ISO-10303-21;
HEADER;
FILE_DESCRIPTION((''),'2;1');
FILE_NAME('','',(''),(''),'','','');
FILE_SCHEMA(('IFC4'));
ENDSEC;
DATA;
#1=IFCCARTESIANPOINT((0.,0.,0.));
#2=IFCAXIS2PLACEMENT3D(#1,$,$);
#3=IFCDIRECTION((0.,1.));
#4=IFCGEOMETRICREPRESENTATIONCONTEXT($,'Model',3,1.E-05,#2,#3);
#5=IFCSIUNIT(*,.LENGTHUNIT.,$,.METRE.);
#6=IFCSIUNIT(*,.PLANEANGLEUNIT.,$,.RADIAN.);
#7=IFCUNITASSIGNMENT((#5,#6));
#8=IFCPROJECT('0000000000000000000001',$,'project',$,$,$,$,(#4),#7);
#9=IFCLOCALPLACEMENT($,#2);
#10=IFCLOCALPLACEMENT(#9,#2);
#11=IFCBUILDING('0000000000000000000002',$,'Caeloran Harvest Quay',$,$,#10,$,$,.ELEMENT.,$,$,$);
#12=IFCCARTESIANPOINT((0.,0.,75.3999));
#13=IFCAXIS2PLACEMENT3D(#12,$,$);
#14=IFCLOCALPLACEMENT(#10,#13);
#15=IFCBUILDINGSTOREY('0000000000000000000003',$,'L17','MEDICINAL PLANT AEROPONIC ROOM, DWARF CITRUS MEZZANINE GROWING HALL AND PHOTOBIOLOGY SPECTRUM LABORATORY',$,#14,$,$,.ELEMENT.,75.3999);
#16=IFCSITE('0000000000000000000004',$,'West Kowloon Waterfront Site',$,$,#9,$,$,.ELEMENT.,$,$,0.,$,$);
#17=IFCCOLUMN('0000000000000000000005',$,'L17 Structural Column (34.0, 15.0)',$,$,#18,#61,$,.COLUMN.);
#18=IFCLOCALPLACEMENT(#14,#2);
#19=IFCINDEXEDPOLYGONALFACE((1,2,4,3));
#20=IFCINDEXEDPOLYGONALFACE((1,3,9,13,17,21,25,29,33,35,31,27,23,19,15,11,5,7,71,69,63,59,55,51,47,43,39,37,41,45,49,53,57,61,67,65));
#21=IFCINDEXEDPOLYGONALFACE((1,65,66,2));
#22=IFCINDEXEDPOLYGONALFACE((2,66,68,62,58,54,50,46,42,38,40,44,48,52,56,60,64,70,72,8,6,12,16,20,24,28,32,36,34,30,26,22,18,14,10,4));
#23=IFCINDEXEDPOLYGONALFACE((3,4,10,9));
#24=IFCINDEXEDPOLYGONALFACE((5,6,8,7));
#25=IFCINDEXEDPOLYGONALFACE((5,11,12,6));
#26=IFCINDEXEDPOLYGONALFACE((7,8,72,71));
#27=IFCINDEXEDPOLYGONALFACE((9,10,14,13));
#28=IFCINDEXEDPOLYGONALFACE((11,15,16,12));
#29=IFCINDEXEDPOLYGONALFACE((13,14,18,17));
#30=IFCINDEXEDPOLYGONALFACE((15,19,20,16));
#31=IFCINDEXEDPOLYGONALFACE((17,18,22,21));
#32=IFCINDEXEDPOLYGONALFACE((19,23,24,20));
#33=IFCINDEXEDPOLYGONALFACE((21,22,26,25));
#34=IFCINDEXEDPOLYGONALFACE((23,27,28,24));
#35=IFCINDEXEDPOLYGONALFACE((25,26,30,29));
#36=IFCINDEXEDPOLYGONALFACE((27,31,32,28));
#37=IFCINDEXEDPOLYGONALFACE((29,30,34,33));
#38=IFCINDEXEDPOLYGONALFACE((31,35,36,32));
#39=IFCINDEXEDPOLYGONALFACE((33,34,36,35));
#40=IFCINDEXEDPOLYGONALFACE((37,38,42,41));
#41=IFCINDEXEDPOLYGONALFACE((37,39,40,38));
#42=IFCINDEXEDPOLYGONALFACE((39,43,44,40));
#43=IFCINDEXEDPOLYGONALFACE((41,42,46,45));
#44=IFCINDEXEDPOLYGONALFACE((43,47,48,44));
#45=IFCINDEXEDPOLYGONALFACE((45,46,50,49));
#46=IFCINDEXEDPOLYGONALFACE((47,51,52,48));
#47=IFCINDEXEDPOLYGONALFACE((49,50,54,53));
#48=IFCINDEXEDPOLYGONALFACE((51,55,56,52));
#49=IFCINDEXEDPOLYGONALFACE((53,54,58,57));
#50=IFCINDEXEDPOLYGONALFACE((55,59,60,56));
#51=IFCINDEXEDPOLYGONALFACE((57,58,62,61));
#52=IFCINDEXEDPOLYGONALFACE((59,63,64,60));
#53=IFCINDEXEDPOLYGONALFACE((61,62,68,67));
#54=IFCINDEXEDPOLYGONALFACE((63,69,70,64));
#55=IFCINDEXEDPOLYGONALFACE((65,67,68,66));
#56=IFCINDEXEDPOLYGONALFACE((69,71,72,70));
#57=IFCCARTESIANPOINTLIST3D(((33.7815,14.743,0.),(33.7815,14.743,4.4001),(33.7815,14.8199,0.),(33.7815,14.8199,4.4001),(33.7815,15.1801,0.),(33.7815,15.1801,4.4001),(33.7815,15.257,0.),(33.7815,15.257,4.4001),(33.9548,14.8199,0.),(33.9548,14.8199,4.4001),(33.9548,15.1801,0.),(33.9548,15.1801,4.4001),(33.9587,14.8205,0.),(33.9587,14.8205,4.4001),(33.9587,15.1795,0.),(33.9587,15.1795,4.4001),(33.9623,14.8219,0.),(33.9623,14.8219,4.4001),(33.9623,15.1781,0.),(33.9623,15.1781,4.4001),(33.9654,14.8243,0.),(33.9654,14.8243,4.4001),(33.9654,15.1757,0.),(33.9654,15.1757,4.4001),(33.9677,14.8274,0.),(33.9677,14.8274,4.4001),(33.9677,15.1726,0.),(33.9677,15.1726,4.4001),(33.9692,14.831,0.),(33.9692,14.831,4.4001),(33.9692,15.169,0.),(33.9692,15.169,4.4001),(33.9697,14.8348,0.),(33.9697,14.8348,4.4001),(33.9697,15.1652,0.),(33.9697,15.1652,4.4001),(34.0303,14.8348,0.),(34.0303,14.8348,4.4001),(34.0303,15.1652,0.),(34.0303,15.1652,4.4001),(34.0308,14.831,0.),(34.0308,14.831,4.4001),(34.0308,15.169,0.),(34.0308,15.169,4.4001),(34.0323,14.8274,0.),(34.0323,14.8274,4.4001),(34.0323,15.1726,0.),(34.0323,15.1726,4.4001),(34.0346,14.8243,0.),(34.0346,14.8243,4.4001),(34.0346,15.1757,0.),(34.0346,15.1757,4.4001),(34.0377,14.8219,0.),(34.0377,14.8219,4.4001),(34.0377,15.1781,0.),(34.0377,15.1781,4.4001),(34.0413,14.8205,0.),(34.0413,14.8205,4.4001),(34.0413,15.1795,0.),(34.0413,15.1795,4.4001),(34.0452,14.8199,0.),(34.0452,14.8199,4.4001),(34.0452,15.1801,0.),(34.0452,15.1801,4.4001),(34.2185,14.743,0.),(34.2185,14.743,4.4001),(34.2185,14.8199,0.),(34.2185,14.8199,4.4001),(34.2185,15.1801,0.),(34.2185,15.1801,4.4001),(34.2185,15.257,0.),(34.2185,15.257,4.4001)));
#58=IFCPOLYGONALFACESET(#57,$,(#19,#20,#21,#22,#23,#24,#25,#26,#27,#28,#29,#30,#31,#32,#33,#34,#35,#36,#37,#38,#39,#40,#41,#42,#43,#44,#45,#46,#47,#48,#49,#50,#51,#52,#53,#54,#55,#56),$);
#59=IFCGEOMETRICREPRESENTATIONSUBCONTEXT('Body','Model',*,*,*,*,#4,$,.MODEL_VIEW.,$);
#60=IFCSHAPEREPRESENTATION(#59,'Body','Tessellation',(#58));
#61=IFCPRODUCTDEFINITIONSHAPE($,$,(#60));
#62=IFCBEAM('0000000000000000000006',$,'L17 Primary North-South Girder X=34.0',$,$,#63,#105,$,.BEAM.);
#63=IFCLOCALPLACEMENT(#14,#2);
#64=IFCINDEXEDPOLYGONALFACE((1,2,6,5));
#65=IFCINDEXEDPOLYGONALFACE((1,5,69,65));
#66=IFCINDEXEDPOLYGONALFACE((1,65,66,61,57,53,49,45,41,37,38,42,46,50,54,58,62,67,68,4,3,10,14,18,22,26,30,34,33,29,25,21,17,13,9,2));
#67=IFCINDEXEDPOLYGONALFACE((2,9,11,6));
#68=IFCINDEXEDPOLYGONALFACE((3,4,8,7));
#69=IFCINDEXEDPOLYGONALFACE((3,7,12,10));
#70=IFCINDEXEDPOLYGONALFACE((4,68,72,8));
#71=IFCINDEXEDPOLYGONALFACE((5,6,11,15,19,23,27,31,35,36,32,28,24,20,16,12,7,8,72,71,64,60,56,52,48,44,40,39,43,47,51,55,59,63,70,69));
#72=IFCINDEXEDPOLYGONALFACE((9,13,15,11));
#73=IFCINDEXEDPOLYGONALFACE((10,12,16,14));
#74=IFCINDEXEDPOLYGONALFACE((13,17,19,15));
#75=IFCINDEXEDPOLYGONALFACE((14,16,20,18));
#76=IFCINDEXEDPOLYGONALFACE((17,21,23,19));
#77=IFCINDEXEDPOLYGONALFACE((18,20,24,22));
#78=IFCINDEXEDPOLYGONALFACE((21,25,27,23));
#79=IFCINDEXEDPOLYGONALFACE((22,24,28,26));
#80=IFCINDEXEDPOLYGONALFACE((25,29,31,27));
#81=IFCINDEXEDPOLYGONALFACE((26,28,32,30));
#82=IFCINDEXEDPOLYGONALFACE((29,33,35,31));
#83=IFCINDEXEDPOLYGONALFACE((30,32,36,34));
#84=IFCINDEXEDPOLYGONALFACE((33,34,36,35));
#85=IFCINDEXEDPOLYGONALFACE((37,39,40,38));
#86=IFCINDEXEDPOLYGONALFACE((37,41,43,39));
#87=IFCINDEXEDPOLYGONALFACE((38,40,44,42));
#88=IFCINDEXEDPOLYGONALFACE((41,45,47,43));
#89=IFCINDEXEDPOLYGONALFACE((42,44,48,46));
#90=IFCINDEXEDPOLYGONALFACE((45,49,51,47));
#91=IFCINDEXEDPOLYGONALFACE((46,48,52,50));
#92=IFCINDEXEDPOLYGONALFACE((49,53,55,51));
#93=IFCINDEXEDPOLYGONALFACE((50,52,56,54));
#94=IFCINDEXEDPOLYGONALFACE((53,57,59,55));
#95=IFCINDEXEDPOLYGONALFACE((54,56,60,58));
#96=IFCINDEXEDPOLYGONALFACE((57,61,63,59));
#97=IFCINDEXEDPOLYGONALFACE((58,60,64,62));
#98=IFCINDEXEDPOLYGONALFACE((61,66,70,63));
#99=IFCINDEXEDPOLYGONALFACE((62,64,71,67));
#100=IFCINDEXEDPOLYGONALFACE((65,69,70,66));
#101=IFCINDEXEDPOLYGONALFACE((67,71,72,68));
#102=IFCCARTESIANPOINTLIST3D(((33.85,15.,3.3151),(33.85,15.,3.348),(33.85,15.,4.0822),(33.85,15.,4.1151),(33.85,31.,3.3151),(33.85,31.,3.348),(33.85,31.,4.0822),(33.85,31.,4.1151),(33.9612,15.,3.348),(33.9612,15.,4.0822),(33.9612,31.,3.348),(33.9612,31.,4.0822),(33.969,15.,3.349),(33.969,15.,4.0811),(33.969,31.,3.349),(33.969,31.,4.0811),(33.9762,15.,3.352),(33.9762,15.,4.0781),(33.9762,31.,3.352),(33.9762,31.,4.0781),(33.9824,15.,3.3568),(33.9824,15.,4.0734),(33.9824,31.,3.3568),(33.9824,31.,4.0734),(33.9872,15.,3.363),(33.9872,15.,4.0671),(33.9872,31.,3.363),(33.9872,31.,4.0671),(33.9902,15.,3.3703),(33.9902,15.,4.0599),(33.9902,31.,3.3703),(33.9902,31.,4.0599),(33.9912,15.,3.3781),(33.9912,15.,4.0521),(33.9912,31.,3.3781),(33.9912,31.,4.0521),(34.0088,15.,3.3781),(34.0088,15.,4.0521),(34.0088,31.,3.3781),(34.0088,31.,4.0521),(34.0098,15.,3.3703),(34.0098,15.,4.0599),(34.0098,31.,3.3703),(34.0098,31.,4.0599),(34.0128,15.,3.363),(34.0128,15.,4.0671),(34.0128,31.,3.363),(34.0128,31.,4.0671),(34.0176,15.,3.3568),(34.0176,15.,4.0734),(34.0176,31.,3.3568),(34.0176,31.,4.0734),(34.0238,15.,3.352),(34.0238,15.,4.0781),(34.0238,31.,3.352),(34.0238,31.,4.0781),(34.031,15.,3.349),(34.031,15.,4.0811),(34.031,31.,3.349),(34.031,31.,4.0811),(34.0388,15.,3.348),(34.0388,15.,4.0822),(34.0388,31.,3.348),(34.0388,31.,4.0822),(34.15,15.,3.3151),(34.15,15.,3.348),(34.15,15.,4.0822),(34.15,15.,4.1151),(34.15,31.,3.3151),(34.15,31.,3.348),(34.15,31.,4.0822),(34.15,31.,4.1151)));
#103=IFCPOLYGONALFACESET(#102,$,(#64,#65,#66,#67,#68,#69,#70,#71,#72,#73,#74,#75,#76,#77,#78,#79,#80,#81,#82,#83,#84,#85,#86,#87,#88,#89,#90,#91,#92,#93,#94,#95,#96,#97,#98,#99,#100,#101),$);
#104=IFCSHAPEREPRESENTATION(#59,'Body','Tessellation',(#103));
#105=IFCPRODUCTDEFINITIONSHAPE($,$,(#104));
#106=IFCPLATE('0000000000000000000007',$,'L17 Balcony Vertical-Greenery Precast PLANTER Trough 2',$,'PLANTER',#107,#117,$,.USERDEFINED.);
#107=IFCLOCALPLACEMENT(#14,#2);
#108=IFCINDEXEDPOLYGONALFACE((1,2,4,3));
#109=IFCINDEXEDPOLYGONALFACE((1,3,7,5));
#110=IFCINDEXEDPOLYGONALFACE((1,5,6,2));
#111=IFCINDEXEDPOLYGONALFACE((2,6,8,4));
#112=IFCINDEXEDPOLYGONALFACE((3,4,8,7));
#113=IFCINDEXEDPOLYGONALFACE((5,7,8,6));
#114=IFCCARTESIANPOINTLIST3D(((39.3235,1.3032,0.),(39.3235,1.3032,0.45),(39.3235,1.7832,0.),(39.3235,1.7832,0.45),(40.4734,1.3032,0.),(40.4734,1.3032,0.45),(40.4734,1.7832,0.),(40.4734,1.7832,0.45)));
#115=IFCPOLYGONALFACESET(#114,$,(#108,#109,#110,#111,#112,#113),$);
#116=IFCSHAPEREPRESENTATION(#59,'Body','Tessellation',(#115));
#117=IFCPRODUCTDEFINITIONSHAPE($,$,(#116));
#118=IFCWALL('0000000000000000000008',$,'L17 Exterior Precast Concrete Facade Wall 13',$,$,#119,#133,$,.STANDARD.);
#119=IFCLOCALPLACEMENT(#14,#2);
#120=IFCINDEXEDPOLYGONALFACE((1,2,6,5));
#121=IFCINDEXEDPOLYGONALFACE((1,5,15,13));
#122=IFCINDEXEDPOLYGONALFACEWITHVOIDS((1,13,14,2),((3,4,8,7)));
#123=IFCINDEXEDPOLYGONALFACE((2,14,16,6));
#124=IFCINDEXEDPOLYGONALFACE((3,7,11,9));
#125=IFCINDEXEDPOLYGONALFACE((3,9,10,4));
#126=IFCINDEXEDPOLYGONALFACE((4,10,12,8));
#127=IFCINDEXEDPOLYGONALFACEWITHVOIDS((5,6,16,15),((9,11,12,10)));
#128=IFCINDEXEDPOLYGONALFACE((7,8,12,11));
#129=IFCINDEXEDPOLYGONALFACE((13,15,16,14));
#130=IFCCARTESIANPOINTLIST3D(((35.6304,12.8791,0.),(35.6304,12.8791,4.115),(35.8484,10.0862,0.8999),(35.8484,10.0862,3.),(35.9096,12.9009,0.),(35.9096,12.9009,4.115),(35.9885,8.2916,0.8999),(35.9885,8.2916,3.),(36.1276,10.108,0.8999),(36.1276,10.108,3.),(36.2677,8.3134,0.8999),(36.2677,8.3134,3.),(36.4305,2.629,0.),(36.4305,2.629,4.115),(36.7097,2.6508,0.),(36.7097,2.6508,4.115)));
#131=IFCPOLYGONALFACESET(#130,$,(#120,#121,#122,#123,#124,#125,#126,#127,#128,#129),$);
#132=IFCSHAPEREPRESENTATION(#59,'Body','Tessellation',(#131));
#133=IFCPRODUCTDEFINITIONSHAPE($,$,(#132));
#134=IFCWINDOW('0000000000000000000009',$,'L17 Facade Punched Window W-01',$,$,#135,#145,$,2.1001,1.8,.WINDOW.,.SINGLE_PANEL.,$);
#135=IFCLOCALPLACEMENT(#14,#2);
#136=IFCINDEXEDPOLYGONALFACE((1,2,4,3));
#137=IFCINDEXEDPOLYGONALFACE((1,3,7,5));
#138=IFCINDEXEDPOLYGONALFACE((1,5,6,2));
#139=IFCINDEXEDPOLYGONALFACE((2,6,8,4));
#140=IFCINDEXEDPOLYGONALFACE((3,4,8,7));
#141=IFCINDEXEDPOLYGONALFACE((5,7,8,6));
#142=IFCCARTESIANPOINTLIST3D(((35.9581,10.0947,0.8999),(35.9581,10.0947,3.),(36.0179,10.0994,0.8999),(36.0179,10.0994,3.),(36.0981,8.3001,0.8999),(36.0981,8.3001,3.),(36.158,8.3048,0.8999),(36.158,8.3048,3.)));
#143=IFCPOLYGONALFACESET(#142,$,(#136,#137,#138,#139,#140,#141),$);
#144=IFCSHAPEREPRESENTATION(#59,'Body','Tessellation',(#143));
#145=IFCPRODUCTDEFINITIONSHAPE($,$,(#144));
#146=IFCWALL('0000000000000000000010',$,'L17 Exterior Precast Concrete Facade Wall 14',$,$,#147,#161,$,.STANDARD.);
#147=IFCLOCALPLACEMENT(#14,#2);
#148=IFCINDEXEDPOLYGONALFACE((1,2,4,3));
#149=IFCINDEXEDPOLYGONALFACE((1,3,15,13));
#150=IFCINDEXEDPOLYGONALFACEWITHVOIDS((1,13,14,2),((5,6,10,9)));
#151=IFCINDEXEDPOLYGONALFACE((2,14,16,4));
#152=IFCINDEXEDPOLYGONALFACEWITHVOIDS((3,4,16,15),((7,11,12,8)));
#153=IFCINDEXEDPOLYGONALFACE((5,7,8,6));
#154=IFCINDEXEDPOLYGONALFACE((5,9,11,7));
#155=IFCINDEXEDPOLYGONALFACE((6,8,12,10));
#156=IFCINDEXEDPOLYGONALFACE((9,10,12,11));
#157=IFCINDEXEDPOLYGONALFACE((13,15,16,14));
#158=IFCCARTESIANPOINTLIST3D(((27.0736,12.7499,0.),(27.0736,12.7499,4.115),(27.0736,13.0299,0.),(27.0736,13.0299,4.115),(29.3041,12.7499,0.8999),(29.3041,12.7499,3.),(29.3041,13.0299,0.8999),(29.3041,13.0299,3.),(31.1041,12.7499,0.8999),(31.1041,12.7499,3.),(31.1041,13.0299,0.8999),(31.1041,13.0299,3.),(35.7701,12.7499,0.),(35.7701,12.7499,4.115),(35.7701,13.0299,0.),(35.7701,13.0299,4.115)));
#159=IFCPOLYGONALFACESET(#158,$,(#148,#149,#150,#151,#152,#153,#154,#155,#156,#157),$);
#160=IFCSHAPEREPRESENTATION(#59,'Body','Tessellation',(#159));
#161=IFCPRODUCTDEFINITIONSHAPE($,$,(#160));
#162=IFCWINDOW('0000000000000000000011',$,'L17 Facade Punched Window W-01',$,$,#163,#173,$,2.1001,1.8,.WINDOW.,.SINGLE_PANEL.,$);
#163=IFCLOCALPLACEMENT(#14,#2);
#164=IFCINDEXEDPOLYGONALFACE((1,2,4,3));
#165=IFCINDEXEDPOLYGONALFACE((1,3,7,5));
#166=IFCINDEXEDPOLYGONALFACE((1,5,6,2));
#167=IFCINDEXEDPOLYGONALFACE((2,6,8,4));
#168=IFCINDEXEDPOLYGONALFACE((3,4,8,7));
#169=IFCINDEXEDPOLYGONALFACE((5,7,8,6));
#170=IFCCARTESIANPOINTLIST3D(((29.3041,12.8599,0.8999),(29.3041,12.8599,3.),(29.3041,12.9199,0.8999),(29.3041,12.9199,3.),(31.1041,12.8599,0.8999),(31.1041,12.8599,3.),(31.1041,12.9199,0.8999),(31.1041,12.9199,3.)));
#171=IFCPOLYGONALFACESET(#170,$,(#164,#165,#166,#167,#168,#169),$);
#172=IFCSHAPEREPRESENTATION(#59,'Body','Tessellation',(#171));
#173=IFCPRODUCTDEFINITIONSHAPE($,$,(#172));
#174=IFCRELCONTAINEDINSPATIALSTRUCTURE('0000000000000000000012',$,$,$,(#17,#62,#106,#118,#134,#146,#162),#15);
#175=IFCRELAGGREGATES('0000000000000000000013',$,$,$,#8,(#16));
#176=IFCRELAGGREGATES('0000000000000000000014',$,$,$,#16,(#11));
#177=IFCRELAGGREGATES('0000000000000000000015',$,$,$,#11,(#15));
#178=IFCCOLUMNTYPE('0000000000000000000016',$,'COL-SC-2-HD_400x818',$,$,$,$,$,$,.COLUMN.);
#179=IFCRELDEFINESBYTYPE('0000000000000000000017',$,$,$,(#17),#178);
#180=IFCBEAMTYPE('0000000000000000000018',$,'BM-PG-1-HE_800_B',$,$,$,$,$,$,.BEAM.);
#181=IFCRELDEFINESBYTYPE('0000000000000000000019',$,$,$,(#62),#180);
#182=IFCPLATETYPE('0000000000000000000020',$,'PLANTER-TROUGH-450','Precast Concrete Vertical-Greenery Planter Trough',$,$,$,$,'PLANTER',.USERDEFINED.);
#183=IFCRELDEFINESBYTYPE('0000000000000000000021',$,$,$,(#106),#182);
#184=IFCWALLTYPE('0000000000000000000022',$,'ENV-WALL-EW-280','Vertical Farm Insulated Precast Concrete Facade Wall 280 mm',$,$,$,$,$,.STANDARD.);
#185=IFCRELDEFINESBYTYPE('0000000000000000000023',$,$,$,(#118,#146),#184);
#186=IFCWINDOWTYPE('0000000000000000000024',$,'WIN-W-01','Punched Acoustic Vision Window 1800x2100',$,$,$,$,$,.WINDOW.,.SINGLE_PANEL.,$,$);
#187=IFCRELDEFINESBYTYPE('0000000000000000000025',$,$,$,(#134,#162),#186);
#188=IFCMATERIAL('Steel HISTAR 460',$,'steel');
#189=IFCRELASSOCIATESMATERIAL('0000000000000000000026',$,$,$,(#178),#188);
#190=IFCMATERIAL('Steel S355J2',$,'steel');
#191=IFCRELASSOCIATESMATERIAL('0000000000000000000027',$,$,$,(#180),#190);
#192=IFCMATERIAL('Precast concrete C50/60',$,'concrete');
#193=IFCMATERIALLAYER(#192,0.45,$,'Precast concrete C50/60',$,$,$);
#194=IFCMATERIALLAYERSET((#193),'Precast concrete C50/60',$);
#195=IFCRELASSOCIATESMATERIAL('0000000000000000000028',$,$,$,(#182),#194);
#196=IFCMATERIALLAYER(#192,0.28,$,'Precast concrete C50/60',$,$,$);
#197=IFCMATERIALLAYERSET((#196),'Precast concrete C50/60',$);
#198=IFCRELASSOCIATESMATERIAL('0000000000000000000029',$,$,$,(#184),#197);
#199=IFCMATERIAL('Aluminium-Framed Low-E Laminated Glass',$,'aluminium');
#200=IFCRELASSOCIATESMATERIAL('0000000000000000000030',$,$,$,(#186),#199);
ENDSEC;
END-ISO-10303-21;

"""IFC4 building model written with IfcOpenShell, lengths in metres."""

from ifc_helpers import new_model, si_unit, direction, frame, frame_2d, origin, origin_2d, place, context, subcontext, project, spatial, rectangle, i_section, extrude, material, layer, layer_set, material_profile, profile_set, type_object, element, fill, save


model = new_model("IFC4")

# Units and contexts
model_context = context("Model", 3, precision=1e-05, world=origin(), true_north=direction((0.0, 1.0)))
body_context = subcontext(model_context, "Body", "Model", "MODEL_VIEW")
ifc_project = project(units=[si_unit("LENGTHUNIT", "METRE"), si_unit("PLANEANGLEUNIT", "RADIAN")], contexts=[model_context])

# Site, building, storey
site_placement = place(None, origin())
site = spatial("IfcSite", under=ifc_project, at=site_placement, Name="West Kowloon Waterfront Site", CompositionType="ELEMENT", RefElevation=0.0)
building_placement = place(site_placement, origin())
building = spatial("IfcBuilding", under=site, at=building_placement, Name="Caeloran Harvest Quay", CompositionType="ELEMENT")
storey_placement = place(building_placement, frame((0.0, 0.0, 75.3999)))
storey = spatial("IfcBuildingStorey", under=building, at=storey_placement, Name="L17", Description="MEDICINAL PLANT AEROPONIC ROOM, DWARF CITRUS MEZZANINE GROWING HALL AND PHOTOBIOLOGY SPECTRUM LABORATORY", CompositionType="ELEMENT", Elevation=75.3999)

# Column
ifc_material_1 = material(Name="Steel HISTAR 460", Category="steel")
ifc_material_profile_1 = material_profile(ifc_material_1, i_section(OverallWidth=0.437, OverallDepth=0.5139, WebThickness=0.0605, FlangeThickness=0.0769, FilletRadius=0.0149, at=origin_2d()), Name="HD 400x818")
ifc_profile_set_1 = profile_set([ifc_material_profile_1], Name="Steel HISTAR 460")
column_type = type_object("IfcColumnType", Name="COL-SC-2-HD_400x818", PredefinedType="COLUMN", material=ifc_profile_set_1)
column_placement = place(storey_placement, frame((34.0, 15.0, 0.0), z_axis=(0.0, 0.0, 1.0), x_axis=(1.0, 0.0, 0.0)))
element("IfcColumn", 1, at=column_placement, inside=storey, type_object=column_type, Name="L17 Structural Column (34.0, 15.0)", PredefinedType="COLUMN", context=body_context, shape_type="SweptSolid", body=[
    extrude(i_section(OverallWidth=0.437, OverallDepth=0.5139, WebThickness=0.0605, FlangeThickness=0.0769, FilletRadius=0.0149, at=origin_2d()), origin(), (0.0, 0.0, 1.0), 4.4001),
])

# Beam
ifc_material_2 = material(Name="Steel S355J2", Category="steel")
ifc_material_profile_2 = material_profile(ifc_material_2, i_section(OverallWidth=0.3, OverallDepth=0.8, WebThickness=0.0176, FlangeThickness=0.033, FilletRadius=0.03, at=origin_2d()), Name="HE 800 B")
ifc_profile_set_2 = profile_set([ifc_material_profile_2], Name="Steel S355J2")
beam_type = type_object("IfcBeamType", Name="BM-PG-1-HE_800_B", PredefinedType="BEAM", material=ifc_profile_set_2)
beam_placement = place(storey_placement, frame((34.0, 15.0, 3.7151), z_axis=(0.0, 1.0, 0.0), x_axis=(-1.0, 0.0, 0.0)))
element("IfcBeam", 2, at=beam_placement, inside=storey, type_object=beam_type, Name="L17 Primary North-South Girder X=34.0", PredefinedType="BEAM", context=body_context, shape_type="SweptSolid", body=[
    extrude(i_section(OverallWidth=0.3, OverallDepth=0.8, WebThickness=0.0176, FlangeThickness=0.033, FilletRadius=0.03, at=origin_2d()), origin(), (0.0, 0.0, 1.0), 16.0),
])

# Plate
ifc_material_3 = material(Name="Precast concrete C50/60", Category="concrete")
ifc_layer_1 = layer(ifc_material_3, 0.45, Name="Precast concrete C50/60")
ifc_layer_set_1 = layer_set([ifc_layer_1], Name="Precast concrete C50/60")
plate_type = type_object("IfcPlateType", Name="PLANTER-TROUGH-450", Description="Precast Concrete Vertical-Greenery Planter Trough", ElementType="PLANTER", PredefinedType="USERDEFINED", material=ifc_layer_set_1)
plate_placement = place(storey_placement, frame((39.8984, 1.5432, 0.0), z_axis=(0.0, 0.0, 1.0), x_axis=(1.0, 0.0, 0.0)))
element("IfcPlate", 3, at=plate_placement, inside=storey, type_object=plate_type, Name="L17 Balcony Vertical-Greenery Precast PLANTER Trough 2", ObjectType="PLANTER", PredefinedType="USERDEFINED", context=body_context, shape_type="SweptSolid", body=[
    extrude(rectangle(XDim=1.1499, YDim=0.48, at=origin_2d()), origin(), (0.0, 0.0, 1.0), 0.45),
])

# Walls, openings, windows
ifc_layer_2 = layer(ifc_material_3, 0.28, Name="Precast concrete C50/60")
ifc_layer_set_2 = layer_set([ifc_layer_2], Name="Precast concrete C50/60")
wall_type_1 = type_object("IfcWallType", Name="ENV-WALL-EW-280", Description="Vertical Farm Insulated Precast Concrete Facade Wall 280 mm", PredefinedType="STANDARD", material=ifc_layer_set_2)
wall_1_placement = place(storey_placement, frame((36.5701, 2.6399, 0.0), z_axis=(0.0, 0.0, 1.0), x_axis=(-0.077817, 0.996968, 0.0)))
wall_1 = element("IfcWall", 4, at=wall_1_placement, inside=storey, type_object=wall_type_1, Name="L17 Exterior Precast Concrete Facade Wall 13", PredefinedType="STANDARD", context=body_context, shape_type="SweptSolid", body=[
    extrude(rectangle(XDim=10.2812, YDim=0.28, at=frame_2d((5.1406, 0.0))), origin(), (0.0, 0.0, 1.0), 4.115),
])
opening_1_placement = place(wall_1_placement, frame((5.6799, 0.0, 0.8999)))
opening_1 = element("IfcOpeningElement", 5, at=opening_1_placement, cuts=wall_1, PredefinedType="OPENING", context=body_context, shape_type="SweptSolid", body=[
    extrude(rectangle(XDim=1.8, YDim=2.1001, at=frame_2d((0.8999, 1.05))), frame((0.0, 0.1499, 0.0), z_axis=(0.0, -1.0, 0.0), x_axis=(1.0, 0.0, 0.0)), (0.0, 0.0, 1.0), 0.3),
])
ifc_material_4 = material(Name="Aluminium-Framed Low-E Laminated Glass", Category="aluminium")
window_type = type_object("IfcWindowType", Name="WIN-W-01", Description="Punched Acoustic Vision Window 1800x2100", PartitioningType="SINGLE_PANEL", PredefinedType="WINDOW", material=ifc_material_4)
window_1_placement = place(opening_1_placement, origin())
window_1 = element("IfcWindow", 6, at=window_1_placement, inside=storey, type_object=window_type, Name="L17 Facade Punched Window W-01", OverallHeight=2.1001, OverallWidth=1.8, PartitioningType="SINGLE_PANEL", PredefinedType="WINDOW", context=body_context, shape_type="SweptSolid", body=[
    extrude(rectangle(XDim=1.8, YDim=2.1001, at=frame_2d((0.8999, 1.05))), frame((0.0, 0.03, 0.0), z_axis=(0.0, -1.0, 0.0), x_axis=(1.0, 0.0, 0.0)), (0.0, 0.0, 1.0), 0.0601),
])
fill(opening_1, window_1)
wall_2_placement = place(storey_placement, frame((35.77, 12.8899, 0.0), z_axis=(0.0, 0.0, 1.0), x_axis=(-1.0, 0.0, 0.0)))
wall_2 = element("IfcWall", 7, at=wall_2_placement, inside=storey, type_object=wall_type_1, Name="L17 Exterior Precast Concrete Facade Wall 14", PredefinedType="STANDARD", context=body_context, shape_type="SweptSolid", body=[
    extrude(rectangle(XDim=8.6965, YDim=0.28, at=frame_2d((4.3481, 0.0))), origin(), (0.0, 0.0, 1.0), 4.115),
])
opening_2_placement = place(wall_2_placement, frame((4.666, 0.0, 0.8999)))
opening_2 = element("IfcOpeningElement", 8, at=opening_2_placement, cuts=wall_2, PredefinedType="OPENING", context=body_context, shape_type="SweptSolid", body=[
    extrude(rectangle(XDim=1.8, YDim=2.1001, at=frame_2d((0.8999, 1.05))), frame((0.0, 0.1499, 0.0), z_axis=(0.0, -1.0, 0.0), x_axis=(1.0, 0.0, 0.0)), (0.0, 0.0, 1.0), 0.3),
])
window_2_placement = place(opening_2_placement, origin())
window_2 = element("IfcWindow", 9, at=window_2_placement, inside=storey, type_object=window_type, Name="L17 Facade Punched Window W-01", OverallHeight=2.1001, OverallWidth=1.8, PartitioningType="SINGLE_PANEL", PredefinedType="WINDOW", context=body_context, shape_type="SweptSolid", body=[
    extrude(rectangle(XDim=1.8, YDim=2.1001, at=frame_2d((0.8999, 1.05))), frame((0.0, 0.03, 0.0), z_axis=(0.0, -1.0, 0.0), x_axis=(1.0, 0.0, 0.0)), (0.0, 0.0, 1.0), 0.0601),
])
fill(opening_2, window_2)

save(model, "model.ifc")
